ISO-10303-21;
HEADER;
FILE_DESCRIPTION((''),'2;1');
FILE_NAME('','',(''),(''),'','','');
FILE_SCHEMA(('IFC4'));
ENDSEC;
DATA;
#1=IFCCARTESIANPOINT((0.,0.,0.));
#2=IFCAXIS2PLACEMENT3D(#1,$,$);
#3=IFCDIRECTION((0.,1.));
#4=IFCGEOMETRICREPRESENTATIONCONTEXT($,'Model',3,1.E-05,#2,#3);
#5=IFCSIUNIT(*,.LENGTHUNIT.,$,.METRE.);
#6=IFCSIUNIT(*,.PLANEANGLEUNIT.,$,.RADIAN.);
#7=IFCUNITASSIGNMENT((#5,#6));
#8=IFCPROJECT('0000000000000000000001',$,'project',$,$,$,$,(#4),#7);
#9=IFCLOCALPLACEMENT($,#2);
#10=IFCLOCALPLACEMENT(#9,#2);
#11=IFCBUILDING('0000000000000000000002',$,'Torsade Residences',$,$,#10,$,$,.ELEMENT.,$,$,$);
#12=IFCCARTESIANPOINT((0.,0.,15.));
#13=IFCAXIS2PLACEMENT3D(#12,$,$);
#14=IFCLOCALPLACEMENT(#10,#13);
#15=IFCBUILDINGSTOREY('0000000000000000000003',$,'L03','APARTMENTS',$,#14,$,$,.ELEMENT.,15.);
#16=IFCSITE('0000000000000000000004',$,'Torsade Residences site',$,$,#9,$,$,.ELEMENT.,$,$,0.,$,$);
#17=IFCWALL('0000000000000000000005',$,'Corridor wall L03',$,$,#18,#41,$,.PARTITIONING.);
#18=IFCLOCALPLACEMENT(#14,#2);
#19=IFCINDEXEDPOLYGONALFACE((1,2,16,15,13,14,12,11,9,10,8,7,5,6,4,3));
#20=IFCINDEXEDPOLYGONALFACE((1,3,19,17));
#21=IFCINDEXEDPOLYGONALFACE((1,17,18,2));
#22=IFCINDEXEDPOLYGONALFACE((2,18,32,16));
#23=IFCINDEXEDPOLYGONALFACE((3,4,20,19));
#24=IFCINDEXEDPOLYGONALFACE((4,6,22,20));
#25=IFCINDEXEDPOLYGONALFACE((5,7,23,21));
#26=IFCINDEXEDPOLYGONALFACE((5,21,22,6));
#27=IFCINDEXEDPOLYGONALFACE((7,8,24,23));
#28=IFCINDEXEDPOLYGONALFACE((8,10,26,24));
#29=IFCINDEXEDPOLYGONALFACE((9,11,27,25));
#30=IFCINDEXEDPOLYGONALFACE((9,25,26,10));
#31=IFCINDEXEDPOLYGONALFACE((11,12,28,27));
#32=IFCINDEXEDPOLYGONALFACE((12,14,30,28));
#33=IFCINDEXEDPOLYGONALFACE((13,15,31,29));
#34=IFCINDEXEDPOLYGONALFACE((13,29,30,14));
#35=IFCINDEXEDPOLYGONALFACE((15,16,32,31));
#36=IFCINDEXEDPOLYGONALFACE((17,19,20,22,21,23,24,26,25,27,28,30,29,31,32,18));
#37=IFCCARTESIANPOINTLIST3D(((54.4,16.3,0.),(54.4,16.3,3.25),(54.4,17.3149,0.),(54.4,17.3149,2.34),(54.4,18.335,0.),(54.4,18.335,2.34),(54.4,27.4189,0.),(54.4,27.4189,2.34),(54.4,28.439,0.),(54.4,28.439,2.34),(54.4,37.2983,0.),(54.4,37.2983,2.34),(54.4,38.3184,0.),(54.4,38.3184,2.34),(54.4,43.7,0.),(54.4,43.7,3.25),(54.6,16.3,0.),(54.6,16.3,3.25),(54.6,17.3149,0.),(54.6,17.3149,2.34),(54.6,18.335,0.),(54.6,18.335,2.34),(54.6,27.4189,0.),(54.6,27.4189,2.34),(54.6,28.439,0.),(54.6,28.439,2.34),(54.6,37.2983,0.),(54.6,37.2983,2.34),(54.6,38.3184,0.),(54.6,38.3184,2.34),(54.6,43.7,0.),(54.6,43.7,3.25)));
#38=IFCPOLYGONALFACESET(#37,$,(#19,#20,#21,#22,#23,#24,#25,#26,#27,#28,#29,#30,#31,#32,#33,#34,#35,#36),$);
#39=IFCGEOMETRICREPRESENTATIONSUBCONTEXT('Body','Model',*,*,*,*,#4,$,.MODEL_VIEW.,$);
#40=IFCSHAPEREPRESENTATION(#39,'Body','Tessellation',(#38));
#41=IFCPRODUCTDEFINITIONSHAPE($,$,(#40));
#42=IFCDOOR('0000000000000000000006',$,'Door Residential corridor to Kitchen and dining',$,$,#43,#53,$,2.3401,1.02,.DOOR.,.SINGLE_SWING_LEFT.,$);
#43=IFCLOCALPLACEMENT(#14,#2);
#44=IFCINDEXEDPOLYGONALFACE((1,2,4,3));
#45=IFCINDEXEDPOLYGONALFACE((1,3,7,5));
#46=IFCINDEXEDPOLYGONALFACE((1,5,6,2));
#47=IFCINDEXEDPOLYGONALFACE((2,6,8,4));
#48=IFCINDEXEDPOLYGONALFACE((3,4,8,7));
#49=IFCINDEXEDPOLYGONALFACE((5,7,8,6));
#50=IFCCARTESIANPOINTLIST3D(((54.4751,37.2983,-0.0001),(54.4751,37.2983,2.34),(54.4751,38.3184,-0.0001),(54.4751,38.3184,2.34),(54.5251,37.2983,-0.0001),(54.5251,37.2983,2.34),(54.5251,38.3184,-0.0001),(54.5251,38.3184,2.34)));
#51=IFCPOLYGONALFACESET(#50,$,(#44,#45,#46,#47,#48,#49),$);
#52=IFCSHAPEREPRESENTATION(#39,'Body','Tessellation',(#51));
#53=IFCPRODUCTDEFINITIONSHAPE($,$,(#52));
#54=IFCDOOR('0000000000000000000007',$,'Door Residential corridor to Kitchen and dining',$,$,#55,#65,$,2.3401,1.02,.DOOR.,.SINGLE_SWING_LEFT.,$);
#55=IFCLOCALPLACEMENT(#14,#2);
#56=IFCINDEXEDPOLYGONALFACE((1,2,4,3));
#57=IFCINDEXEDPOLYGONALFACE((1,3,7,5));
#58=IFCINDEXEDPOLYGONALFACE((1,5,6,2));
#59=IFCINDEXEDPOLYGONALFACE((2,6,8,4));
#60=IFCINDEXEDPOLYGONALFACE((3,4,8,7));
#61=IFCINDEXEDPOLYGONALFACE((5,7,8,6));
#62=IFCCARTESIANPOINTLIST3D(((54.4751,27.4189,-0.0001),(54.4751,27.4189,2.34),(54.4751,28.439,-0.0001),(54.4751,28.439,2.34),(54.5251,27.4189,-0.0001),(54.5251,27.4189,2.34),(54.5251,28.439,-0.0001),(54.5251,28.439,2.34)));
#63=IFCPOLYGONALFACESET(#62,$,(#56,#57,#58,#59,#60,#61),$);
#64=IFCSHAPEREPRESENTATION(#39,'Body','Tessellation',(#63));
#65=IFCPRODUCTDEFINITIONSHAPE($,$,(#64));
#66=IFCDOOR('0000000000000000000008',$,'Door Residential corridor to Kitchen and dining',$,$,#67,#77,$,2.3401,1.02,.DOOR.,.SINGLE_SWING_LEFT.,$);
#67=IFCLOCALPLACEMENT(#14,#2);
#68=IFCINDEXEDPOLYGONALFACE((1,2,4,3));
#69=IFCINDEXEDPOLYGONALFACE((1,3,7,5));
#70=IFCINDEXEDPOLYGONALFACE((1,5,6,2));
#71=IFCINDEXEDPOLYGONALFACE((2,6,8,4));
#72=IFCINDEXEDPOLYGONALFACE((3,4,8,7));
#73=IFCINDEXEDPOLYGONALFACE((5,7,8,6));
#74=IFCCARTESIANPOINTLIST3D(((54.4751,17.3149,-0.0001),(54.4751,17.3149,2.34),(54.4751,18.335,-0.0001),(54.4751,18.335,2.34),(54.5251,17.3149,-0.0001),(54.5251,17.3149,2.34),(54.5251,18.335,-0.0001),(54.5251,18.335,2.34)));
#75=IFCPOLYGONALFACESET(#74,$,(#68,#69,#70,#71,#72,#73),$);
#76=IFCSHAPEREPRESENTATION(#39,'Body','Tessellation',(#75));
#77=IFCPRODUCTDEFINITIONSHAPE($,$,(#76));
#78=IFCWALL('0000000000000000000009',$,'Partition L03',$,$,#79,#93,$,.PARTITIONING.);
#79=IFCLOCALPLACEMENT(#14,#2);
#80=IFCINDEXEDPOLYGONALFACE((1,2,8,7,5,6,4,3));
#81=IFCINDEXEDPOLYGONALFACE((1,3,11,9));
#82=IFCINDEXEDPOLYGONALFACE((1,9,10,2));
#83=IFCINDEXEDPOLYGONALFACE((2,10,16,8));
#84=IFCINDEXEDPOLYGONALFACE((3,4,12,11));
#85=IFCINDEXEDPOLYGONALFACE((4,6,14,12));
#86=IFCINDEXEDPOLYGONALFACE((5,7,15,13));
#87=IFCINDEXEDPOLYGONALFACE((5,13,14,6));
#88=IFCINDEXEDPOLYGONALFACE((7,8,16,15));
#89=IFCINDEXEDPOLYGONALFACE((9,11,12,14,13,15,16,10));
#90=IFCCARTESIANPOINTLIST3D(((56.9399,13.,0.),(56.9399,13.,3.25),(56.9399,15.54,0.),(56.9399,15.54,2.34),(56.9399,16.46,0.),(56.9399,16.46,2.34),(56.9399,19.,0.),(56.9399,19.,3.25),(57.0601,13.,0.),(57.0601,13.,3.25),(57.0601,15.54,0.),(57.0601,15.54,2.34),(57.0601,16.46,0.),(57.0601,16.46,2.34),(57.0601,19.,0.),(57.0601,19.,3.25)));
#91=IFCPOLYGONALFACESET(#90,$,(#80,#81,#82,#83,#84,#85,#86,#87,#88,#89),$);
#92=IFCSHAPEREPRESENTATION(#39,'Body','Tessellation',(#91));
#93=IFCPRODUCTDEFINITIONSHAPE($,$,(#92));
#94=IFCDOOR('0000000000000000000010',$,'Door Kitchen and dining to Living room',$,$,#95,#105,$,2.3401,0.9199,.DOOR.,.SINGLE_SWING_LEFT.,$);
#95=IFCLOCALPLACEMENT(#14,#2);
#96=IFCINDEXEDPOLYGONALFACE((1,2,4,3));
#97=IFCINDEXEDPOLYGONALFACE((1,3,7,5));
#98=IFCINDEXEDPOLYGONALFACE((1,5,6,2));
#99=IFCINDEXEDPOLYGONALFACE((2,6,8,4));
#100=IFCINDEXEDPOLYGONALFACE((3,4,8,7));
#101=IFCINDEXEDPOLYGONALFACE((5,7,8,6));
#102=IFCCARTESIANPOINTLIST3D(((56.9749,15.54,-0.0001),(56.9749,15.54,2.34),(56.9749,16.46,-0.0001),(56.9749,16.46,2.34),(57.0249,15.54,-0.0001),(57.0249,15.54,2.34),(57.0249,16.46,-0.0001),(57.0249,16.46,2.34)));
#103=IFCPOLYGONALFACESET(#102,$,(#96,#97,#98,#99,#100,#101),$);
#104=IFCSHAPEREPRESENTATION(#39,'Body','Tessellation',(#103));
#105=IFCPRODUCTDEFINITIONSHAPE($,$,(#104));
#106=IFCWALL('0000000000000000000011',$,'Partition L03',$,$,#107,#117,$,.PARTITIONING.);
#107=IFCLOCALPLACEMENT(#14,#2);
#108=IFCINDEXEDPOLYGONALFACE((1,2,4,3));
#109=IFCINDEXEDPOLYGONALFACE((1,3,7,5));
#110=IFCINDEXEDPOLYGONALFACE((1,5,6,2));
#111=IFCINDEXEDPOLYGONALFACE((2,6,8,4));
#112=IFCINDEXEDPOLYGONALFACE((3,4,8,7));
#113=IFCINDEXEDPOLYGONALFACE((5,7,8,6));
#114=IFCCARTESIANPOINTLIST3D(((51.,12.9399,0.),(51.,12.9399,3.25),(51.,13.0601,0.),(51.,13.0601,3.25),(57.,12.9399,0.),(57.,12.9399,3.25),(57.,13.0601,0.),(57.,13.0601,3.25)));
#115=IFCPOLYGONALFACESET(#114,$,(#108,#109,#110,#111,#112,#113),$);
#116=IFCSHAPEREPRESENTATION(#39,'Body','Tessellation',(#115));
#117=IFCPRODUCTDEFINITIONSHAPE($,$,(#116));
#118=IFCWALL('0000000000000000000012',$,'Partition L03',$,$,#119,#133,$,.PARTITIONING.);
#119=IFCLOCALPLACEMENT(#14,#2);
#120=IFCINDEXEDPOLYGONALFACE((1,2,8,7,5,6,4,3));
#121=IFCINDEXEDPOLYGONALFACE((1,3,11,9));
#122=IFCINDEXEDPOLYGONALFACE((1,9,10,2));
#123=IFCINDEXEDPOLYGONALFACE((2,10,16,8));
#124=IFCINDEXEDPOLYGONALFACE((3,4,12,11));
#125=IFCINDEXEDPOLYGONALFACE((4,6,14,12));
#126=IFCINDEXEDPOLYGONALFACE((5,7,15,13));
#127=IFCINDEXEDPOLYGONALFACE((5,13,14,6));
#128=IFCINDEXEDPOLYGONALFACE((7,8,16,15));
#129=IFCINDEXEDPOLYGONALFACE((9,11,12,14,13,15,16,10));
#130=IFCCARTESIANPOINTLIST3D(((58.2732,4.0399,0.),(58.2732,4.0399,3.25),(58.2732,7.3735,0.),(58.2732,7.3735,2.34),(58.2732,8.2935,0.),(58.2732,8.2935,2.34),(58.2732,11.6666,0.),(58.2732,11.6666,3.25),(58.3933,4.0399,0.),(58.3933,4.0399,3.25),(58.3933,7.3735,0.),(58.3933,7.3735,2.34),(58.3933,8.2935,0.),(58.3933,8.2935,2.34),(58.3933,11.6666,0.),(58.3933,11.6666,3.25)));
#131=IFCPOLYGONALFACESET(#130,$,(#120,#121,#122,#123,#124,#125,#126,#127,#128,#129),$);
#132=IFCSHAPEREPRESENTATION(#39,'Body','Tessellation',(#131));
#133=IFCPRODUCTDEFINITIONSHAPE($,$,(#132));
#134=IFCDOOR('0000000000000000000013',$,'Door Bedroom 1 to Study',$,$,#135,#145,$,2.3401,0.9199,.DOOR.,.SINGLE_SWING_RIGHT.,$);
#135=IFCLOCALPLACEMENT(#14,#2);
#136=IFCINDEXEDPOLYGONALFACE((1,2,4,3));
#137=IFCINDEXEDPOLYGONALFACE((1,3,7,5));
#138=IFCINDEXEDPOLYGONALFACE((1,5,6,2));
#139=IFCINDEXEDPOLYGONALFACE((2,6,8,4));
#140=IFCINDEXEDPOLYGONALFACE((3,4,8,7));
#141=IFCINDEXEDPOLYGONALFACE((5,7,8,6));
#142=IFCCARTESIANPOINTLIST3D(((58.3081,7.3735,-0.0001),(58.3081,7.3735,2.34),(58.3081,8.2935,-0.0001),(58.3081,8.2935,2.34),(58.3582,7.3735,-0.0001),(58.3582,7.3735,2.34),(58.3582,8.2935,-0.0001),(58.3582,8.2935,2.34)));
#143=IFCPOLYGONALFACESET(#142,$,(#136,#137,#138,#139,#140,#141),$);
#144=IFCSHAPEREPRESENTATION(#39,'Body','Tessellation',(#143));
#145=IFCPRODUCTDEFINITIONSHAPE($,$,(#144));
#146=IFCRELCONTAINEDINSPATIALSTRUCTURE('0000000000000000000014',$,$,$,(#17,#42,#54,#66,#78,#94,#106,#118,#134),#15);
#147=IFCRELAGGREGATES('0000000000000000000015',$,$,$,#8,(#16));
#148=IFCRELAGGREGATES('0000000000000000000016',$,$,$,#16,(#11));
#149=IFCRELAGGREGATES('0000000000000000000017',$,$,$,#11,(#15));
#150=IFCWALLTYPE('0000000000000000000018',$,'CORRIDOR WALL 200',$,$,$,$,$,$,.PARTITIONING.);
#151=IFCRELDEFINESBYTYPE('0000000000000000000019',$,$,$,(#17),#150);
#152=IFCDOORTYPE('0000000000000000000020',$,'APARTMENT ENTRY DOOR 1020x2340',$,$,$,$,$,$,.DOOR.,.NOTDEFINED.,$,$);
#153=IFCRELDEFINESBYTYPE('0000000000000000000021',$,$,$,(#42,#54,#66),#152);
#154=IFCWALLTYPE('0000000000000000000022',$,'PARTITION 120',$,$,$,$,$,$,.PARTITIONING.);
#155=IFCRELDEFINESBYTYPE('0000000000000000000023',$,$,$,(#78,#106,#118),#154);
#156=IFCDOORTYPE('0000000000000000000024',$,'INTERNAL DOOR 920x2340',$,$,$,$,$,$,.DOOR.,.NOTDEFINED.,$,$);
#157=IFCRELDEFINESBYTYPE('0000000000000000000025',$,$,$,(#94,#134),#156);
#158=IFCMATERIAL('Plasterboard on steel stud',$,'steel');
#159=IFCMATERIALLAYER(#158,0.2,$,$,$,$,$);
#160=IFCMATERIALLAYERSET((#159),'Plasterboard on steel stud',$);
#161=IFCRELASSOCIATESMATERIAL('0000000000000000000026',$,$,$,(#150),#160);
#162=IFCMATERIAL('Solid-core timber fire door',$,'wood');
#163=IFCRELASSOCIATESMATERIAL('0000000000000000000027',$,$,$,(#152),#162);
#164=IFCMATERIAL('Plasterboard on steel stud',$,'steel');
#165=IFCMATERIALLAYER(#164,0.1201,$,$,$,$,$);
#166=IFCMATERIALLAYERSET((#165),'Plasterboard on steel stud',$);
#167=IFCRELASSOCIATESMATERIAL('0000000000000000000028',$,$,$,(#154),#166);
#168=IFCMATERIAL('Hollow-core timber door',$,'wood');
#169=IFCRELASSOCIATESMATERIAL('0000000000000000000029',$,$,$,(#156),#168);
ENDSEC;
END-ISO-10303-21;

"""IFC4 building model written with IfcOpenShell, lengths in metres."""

from ifc_helpers import new_model, si_unit, direction, frame, frame_2d, origin, place, context, subcontext, project, spatial, rectangle, extrude, material, layer, layer_set, type_object, element, fill, save


model = new_model("IFC4")

# Units and contexts
model_context = context("Model", 3, precision=1e-05, world=origin(), true_north=direction((0.0, 1.0)))
body_context = subcontext(model_context, "Body", "Model", "MODEL_VIEW")
ifc_project = project(units=[si_unit("LENGTHUNIT", "METRE"), si_unit("PLANEANGLEUNIT", "RADIAN")], contexts=[model_context])

# Site, building, storey
site_placement = place(None, origin())
site = spatial("IfcSite", under=ifc_project, at=site_placement, Name="Torsade Residences site", CompositionType="ELEMENT", RefElevation=0.0)
building_placement = place(site_placement, origin())
building = spatial("IfcBuilding", under=site, at=building_placement, Name="Torsade Residences", CompositionType="ELEMENT")
storey_placement = place(building_placement, frame((0.0, 0.0, 15.0)))
storey = spatial("IfcBuildingStorey", under=building, at=storey_placement, Name="L03", Description="APARTMENTS", CompositionType="ELEMENT", Elevation=15.0)

# Wall, openings, doors
ifc_material_1 = material(Name="Plasterboard on steel stud", Category="steel")
ifc_layer_1 = layer(ifc_material_1, 0.2)
ifc_layer_set_1 = layer_set([ifc_layer_1], Name="Plasterboard on steel stud")
wall_type_1 = type_object("IfcWallType", Name="CORRIDOR WALL 200", PredefinedType="PARTITIONING", material=ifc_layer_set_1)
wall_1_placement = place(storey_placement, frame((54.5, 16.3, 0.0), z_axis=(0.0, 0.0, 1.0), x_axis=(0.0, 1.0, 0.0)))
wall_1 = element("IfcWall", 1, at=wall_1_placement, inside=storey, type_object=wall_type_1, Name="Corridor wall L03", PredefinedType="PARTITIONING", context=body_context, shape_type="SweptSolid", body=[
    extrude(rectangle(XDim=27.3999, YDim=0.2, at=frame_2d((13.7, 0.0))), origin(), (0.0, 0.0, 1.0), 3.25),
])
opening_1_placement = place(wall_1_placement, frame((20.9983, 0.0, 0.0)))
opening_1 = element("IfcOpeningElement", 2, at=opening_1_placement, cuts=wall_1, PredefinedType="OPENING", context=body_context, shape_type="SweptSolid", body=[
    extrude(rectangle(XDim=1.02, YDim=2.3401, at=frame_2d((0.51, 1.1699))), frame((0.0, 0.1099, 0.0), z_axis=(0.0, -1.0, 0.0), x_axis=(1.0, 0.0, 0.0)), (0.0, 0.0, 1.0), 0.22),
])
opening_2_placement = place(wall_1_placement, frame((11.1189, 0.0, 0.0)))
opening_2 = element("IfcOpeningElement", 3, at=opening_2_placement, cuts=wall_1, PredefinedType="OPENING", context=body_context, shape_type="SweptSolid", body=[
    extrude(rectangle(XDim=1.02, YDim=2.3401, at=frame_2d((0.51, 1.1699))), frame((0.0, 0.1099, 0.0), z_axis=(0.0, -1.0, 0.0), x_axis=(1.0, 0.0, 0.0)), (0.0, 0.0, 1.0), 0.22),
])
opening_3_placement = place(wall_1_placement, frame((1.0149, 0.0, 0.0)))
opening_3 = element("IfcOpeningElement", 4, at=opening_3_placement, cuts=wall_1, PredefinedType="OPENING", context=body_context, shape_type="SweptSolid", body=[
    extrude(rectangle(XDim=1.02, YDim=2.3401, at=frame_2d((0.51, 1.1699))), frame((0.0, 0.1099, 0.0), z_axis=(0.0, -1.0, 0.0), x_axis=(1.0, 0.0, 0.0)), (0.0, 0.0, 1.0), 0.22),
])
ifc_material_2 = material(Name="Solid-core timber fire door", Category="wood")
door_type_1 = type_object("IfcDoorType", Name="APARTMENT ENTRY DOOR 1020x2340", OperationType="NOTDEFINED", PredefinedType="DOOR", material=ifc_material_2)
door_1_placement = place(opening_1_placement, origin())
door_1 = element("IfcDoor", 5, at=door_1_placement, inside=storey, type_object=door_type_1, Name="Door Residential corridor to Kitchen and dining", OperationType="SINGLE_SWING_LEFT", OverallHeight=2.3401, OverallWidth=1.02, PredefinedType="DOOR", context=body_context, shape_type="SweptSolid", body=[
    extrude(rectangle(XDim=1.02, YDim=2.3401, at=frame_2d((0.51, 1.1699))), frame((0.0, 0.0249, 0.0), z_axis=(0.0, -1.0, 0.0), x_axis=(1.0, 0.0, 0.0)), (0.0, 0.0, 1.0), 0.05),
])
fill(opening_1, door_1)
door_2_placement = place(opening_2_placement, origin())
door_2 = element("IfcDoor", 6, at=door_2_placement, inside=storey, type_object=door_type_1, Name="Door Residential corridor to Kitchen and dining", OperationType="SINGLE_SWING_LEFT", OverallHeight=2.3401, OverallWidth=1.02, PredefinedType="DOOR", context=body_context, shape_type="SweptSolid", body=[
    extrude(rectangle(XDim=1.02, YDim=2.3401, at=frame_2d((0.51, 1.1699))), frame((0.0, 0.0249, 0.0), z_axis=(0.0, -1.0, 0.0), x_axis=(1.0, 0.0, 0.0)), (0.0, 0.0, 1.0), 0.05),
])
fill(opening_2, door_2)
door_3_placement = place(opening_3_placement, origin())
door_3 = element("IfcDoor", 7, at=door_3_placement, inside=storey, type_object=door_type_1, Name="Door Residential corridor to Kitchen and dining", OperationType="SINGLE_SWING_LEFT", OverallHeight=2.3401, OverallWidth=1.02, PredefinedType="DOOR", context=body_context, shape_type="SweptSolid", body=[
    extrude(rectangle(XDim=1.02, YDim=2.3401, at=frame_2d((0.51, 1.1699))), frame((0.0, 0.0249, 0.0), z_axis=(0.0, -1.0, 0.0), x_axis=(1.0, 0.0, 0.0)), (0.0, 0.0, 1.0), 0.05),
])
fill(opening_3, door_3)

# Wall, opening, door
ifc_material_3 = material(Name="Plasterboard on steel stud", Category="steel")
ifc_layer_2 = layer(ifc_material_3, 0.1201)
ifc_layer_set_2 = layer_set([ifc_layer_2], Name="Plasterboard on steel stud")
wall_type_2 = type_object("IfcWallType", Name="PARTITION 120", PredefinedType="PARTITIONING", material=ifc_layer_set_2)
wall_2_placement = place(storey_placement, frame((57.0, 19.0, 0.0), z_axis=(0.0, 0.0, 1.0), x_axis=(0.0, -1.0, 0.0)))
wall_2 = element("IfcWall", 8, at=wall_2_placement, inside=storey, type_object=wall_type_2, Name="Partition L03", PredefinedType="PARTITIONING", context=body_context, shape_type="SweptSolid", body=[
    extrude(rectangle(XDim=6.0, YDim=0.1201, at=frame_2d((3.0, 0.0))), origin(), (0.0, 0.0, 1.0), 3.25),
])
opening_4_placement = place(wall_2_placement, frame((2.54, 0.0, 0.0)))
opening_4 = element("IfcOpeningElement", 9, at=opening_4_placement, cuts=wall_2, PredefinedType="OPENING", context=body_context, shape_type="SweptSolid", body=[
    extrude(rectangle(XDim=0.9199, YDim=2.3401, at=frame_2d((0.46, 1.1699))), frame((0.0, 0.0701, 0.0), z_axis=(0.0, -1.0, 0.0), x_axis=(1.0, 0.0, 0.0)), (0.0, 0.0, 1.0), 0.1401),
])
ifc_material_4 = material(Name="Hollow-core timber door", Category="wood")
door_type_2 = type_object("IfcDoorType", Name="INTERNAL DOOR 920x2340", OperationType="NOTDEFINED", PredefinedType="DOOR", material=ifc_material_4)
door_4_placement = place(opening_4_placement, origin())
door_4 = element("IfcDoor", 10, at=door_4_placement, inside=storey, type_object=door_type_2, Name="Door Kitchen and dining to Living room", OperationType="SINGLE_SWING_LEFT", OverallHeight=2.3401, OverallWidth=0.9199, PredefinedType="DOOR", context=body_context, shape_type="SweptSolid", body=[
    extrude(rectangle(XDim=0.9199, YDim=2.3401, at=frame_2d((0.46, 1.1699))), frame((0.0, 0.0249, 0.0), z_axis=(0.0, -1.0, 0.0), x_axis=(1.0, 0.0, 0.0)), (0.0, 0.0, 1.0), 0.05),
])
fill(opening_4, door_4)

# Wall
wall_3_placement = place(storey_placement, frame((57.0, 13.0, 0.0), z_axis=(0.0, 0.0, 1.0), x_axis=(-1.0, 0.0, 0.0)))
element("IfcWall", 11, at=wall_3_placement, inside=storey, type_object=wall_type_2, Name="Partition L03", PredefinedType="PARTITIONING", context=body_context, shape_type="SweptSolid", body=[
    extrude(rectangle(XDim=6.0, YDim=0.1201, at=frame_2d((3.0, 0.0))), origin(), (0.0, 0.0, 1.0), 3.25),
])

# Wall, opening, door
wall_4_placement = place(storey_placement, frame((58.3333, 11.6667, 0.0), z_axis=(0.0, 0.0, 1.0), x_axis=(0.0, -1.0, 0.0)))
wall_4 = element("IfcWall", 12, at=wall_4_placement, inside=storey, type_object=wall_type_2, Name="Partition L03", PredefinedType="PARTITIONING", context=body_context, shape_type="SweptSolid", body=[
    extrude(rectangle(XDim=7.6267, YDim=0.1201, at=frame_2d((3.8135, 0.0))), origin(), (0.0, 0.0, 1.0), 3.25),
])
opening_5_placement = place(wall_4_placement, frame((3.3733, 0.0, 0.0)))
opening_5 = element("IfcOpeningElement", 13, at=opening_5_placement, cuts=wall_4, PredefinedType="OPENING", context=body_context, shape_type="SweptSolid", body=[
    extrude(rectangle(XDim=0.9199, YDim=2.3401, at=frame_2d((0.46, 1.1699))), frame((0.0, 0.0701, 0.0), z_axis=(0.0, -1.0, 0.0), x_axis=(1.0, 0.0, 0.0)), (0.0, 0.0, 1.0), 0.1401),
])
door_5_placement = place(opening_5_placement, origin())
door_5 = element("IfcDoor", 14, at=door_5_placement, inside=storey, type_object=door_type_2, Name="Door Bedroom 1 to Study", OperationType="SINGLE_SWING_RIGHT", OverallHeight=2.3401, OverallWidth=0.9199, PredefinedType="DOOR", context=body_context, shape_type="SweptSolid", body=[
    extrude(rectangle(XDim=0.9199, YDim=2.3401, at=frame_2d((0.46, 1.1699))), frame((0.0, 0.0249, 0.0), z_axis=(0.0, -1.0, 0.0), x_axis=(1.0, 0.0, 0.0)), (0.0, 0.0, 1.0), 0.05),
])
fill(opening_5, door_5)

save(model, "model.ifc")
